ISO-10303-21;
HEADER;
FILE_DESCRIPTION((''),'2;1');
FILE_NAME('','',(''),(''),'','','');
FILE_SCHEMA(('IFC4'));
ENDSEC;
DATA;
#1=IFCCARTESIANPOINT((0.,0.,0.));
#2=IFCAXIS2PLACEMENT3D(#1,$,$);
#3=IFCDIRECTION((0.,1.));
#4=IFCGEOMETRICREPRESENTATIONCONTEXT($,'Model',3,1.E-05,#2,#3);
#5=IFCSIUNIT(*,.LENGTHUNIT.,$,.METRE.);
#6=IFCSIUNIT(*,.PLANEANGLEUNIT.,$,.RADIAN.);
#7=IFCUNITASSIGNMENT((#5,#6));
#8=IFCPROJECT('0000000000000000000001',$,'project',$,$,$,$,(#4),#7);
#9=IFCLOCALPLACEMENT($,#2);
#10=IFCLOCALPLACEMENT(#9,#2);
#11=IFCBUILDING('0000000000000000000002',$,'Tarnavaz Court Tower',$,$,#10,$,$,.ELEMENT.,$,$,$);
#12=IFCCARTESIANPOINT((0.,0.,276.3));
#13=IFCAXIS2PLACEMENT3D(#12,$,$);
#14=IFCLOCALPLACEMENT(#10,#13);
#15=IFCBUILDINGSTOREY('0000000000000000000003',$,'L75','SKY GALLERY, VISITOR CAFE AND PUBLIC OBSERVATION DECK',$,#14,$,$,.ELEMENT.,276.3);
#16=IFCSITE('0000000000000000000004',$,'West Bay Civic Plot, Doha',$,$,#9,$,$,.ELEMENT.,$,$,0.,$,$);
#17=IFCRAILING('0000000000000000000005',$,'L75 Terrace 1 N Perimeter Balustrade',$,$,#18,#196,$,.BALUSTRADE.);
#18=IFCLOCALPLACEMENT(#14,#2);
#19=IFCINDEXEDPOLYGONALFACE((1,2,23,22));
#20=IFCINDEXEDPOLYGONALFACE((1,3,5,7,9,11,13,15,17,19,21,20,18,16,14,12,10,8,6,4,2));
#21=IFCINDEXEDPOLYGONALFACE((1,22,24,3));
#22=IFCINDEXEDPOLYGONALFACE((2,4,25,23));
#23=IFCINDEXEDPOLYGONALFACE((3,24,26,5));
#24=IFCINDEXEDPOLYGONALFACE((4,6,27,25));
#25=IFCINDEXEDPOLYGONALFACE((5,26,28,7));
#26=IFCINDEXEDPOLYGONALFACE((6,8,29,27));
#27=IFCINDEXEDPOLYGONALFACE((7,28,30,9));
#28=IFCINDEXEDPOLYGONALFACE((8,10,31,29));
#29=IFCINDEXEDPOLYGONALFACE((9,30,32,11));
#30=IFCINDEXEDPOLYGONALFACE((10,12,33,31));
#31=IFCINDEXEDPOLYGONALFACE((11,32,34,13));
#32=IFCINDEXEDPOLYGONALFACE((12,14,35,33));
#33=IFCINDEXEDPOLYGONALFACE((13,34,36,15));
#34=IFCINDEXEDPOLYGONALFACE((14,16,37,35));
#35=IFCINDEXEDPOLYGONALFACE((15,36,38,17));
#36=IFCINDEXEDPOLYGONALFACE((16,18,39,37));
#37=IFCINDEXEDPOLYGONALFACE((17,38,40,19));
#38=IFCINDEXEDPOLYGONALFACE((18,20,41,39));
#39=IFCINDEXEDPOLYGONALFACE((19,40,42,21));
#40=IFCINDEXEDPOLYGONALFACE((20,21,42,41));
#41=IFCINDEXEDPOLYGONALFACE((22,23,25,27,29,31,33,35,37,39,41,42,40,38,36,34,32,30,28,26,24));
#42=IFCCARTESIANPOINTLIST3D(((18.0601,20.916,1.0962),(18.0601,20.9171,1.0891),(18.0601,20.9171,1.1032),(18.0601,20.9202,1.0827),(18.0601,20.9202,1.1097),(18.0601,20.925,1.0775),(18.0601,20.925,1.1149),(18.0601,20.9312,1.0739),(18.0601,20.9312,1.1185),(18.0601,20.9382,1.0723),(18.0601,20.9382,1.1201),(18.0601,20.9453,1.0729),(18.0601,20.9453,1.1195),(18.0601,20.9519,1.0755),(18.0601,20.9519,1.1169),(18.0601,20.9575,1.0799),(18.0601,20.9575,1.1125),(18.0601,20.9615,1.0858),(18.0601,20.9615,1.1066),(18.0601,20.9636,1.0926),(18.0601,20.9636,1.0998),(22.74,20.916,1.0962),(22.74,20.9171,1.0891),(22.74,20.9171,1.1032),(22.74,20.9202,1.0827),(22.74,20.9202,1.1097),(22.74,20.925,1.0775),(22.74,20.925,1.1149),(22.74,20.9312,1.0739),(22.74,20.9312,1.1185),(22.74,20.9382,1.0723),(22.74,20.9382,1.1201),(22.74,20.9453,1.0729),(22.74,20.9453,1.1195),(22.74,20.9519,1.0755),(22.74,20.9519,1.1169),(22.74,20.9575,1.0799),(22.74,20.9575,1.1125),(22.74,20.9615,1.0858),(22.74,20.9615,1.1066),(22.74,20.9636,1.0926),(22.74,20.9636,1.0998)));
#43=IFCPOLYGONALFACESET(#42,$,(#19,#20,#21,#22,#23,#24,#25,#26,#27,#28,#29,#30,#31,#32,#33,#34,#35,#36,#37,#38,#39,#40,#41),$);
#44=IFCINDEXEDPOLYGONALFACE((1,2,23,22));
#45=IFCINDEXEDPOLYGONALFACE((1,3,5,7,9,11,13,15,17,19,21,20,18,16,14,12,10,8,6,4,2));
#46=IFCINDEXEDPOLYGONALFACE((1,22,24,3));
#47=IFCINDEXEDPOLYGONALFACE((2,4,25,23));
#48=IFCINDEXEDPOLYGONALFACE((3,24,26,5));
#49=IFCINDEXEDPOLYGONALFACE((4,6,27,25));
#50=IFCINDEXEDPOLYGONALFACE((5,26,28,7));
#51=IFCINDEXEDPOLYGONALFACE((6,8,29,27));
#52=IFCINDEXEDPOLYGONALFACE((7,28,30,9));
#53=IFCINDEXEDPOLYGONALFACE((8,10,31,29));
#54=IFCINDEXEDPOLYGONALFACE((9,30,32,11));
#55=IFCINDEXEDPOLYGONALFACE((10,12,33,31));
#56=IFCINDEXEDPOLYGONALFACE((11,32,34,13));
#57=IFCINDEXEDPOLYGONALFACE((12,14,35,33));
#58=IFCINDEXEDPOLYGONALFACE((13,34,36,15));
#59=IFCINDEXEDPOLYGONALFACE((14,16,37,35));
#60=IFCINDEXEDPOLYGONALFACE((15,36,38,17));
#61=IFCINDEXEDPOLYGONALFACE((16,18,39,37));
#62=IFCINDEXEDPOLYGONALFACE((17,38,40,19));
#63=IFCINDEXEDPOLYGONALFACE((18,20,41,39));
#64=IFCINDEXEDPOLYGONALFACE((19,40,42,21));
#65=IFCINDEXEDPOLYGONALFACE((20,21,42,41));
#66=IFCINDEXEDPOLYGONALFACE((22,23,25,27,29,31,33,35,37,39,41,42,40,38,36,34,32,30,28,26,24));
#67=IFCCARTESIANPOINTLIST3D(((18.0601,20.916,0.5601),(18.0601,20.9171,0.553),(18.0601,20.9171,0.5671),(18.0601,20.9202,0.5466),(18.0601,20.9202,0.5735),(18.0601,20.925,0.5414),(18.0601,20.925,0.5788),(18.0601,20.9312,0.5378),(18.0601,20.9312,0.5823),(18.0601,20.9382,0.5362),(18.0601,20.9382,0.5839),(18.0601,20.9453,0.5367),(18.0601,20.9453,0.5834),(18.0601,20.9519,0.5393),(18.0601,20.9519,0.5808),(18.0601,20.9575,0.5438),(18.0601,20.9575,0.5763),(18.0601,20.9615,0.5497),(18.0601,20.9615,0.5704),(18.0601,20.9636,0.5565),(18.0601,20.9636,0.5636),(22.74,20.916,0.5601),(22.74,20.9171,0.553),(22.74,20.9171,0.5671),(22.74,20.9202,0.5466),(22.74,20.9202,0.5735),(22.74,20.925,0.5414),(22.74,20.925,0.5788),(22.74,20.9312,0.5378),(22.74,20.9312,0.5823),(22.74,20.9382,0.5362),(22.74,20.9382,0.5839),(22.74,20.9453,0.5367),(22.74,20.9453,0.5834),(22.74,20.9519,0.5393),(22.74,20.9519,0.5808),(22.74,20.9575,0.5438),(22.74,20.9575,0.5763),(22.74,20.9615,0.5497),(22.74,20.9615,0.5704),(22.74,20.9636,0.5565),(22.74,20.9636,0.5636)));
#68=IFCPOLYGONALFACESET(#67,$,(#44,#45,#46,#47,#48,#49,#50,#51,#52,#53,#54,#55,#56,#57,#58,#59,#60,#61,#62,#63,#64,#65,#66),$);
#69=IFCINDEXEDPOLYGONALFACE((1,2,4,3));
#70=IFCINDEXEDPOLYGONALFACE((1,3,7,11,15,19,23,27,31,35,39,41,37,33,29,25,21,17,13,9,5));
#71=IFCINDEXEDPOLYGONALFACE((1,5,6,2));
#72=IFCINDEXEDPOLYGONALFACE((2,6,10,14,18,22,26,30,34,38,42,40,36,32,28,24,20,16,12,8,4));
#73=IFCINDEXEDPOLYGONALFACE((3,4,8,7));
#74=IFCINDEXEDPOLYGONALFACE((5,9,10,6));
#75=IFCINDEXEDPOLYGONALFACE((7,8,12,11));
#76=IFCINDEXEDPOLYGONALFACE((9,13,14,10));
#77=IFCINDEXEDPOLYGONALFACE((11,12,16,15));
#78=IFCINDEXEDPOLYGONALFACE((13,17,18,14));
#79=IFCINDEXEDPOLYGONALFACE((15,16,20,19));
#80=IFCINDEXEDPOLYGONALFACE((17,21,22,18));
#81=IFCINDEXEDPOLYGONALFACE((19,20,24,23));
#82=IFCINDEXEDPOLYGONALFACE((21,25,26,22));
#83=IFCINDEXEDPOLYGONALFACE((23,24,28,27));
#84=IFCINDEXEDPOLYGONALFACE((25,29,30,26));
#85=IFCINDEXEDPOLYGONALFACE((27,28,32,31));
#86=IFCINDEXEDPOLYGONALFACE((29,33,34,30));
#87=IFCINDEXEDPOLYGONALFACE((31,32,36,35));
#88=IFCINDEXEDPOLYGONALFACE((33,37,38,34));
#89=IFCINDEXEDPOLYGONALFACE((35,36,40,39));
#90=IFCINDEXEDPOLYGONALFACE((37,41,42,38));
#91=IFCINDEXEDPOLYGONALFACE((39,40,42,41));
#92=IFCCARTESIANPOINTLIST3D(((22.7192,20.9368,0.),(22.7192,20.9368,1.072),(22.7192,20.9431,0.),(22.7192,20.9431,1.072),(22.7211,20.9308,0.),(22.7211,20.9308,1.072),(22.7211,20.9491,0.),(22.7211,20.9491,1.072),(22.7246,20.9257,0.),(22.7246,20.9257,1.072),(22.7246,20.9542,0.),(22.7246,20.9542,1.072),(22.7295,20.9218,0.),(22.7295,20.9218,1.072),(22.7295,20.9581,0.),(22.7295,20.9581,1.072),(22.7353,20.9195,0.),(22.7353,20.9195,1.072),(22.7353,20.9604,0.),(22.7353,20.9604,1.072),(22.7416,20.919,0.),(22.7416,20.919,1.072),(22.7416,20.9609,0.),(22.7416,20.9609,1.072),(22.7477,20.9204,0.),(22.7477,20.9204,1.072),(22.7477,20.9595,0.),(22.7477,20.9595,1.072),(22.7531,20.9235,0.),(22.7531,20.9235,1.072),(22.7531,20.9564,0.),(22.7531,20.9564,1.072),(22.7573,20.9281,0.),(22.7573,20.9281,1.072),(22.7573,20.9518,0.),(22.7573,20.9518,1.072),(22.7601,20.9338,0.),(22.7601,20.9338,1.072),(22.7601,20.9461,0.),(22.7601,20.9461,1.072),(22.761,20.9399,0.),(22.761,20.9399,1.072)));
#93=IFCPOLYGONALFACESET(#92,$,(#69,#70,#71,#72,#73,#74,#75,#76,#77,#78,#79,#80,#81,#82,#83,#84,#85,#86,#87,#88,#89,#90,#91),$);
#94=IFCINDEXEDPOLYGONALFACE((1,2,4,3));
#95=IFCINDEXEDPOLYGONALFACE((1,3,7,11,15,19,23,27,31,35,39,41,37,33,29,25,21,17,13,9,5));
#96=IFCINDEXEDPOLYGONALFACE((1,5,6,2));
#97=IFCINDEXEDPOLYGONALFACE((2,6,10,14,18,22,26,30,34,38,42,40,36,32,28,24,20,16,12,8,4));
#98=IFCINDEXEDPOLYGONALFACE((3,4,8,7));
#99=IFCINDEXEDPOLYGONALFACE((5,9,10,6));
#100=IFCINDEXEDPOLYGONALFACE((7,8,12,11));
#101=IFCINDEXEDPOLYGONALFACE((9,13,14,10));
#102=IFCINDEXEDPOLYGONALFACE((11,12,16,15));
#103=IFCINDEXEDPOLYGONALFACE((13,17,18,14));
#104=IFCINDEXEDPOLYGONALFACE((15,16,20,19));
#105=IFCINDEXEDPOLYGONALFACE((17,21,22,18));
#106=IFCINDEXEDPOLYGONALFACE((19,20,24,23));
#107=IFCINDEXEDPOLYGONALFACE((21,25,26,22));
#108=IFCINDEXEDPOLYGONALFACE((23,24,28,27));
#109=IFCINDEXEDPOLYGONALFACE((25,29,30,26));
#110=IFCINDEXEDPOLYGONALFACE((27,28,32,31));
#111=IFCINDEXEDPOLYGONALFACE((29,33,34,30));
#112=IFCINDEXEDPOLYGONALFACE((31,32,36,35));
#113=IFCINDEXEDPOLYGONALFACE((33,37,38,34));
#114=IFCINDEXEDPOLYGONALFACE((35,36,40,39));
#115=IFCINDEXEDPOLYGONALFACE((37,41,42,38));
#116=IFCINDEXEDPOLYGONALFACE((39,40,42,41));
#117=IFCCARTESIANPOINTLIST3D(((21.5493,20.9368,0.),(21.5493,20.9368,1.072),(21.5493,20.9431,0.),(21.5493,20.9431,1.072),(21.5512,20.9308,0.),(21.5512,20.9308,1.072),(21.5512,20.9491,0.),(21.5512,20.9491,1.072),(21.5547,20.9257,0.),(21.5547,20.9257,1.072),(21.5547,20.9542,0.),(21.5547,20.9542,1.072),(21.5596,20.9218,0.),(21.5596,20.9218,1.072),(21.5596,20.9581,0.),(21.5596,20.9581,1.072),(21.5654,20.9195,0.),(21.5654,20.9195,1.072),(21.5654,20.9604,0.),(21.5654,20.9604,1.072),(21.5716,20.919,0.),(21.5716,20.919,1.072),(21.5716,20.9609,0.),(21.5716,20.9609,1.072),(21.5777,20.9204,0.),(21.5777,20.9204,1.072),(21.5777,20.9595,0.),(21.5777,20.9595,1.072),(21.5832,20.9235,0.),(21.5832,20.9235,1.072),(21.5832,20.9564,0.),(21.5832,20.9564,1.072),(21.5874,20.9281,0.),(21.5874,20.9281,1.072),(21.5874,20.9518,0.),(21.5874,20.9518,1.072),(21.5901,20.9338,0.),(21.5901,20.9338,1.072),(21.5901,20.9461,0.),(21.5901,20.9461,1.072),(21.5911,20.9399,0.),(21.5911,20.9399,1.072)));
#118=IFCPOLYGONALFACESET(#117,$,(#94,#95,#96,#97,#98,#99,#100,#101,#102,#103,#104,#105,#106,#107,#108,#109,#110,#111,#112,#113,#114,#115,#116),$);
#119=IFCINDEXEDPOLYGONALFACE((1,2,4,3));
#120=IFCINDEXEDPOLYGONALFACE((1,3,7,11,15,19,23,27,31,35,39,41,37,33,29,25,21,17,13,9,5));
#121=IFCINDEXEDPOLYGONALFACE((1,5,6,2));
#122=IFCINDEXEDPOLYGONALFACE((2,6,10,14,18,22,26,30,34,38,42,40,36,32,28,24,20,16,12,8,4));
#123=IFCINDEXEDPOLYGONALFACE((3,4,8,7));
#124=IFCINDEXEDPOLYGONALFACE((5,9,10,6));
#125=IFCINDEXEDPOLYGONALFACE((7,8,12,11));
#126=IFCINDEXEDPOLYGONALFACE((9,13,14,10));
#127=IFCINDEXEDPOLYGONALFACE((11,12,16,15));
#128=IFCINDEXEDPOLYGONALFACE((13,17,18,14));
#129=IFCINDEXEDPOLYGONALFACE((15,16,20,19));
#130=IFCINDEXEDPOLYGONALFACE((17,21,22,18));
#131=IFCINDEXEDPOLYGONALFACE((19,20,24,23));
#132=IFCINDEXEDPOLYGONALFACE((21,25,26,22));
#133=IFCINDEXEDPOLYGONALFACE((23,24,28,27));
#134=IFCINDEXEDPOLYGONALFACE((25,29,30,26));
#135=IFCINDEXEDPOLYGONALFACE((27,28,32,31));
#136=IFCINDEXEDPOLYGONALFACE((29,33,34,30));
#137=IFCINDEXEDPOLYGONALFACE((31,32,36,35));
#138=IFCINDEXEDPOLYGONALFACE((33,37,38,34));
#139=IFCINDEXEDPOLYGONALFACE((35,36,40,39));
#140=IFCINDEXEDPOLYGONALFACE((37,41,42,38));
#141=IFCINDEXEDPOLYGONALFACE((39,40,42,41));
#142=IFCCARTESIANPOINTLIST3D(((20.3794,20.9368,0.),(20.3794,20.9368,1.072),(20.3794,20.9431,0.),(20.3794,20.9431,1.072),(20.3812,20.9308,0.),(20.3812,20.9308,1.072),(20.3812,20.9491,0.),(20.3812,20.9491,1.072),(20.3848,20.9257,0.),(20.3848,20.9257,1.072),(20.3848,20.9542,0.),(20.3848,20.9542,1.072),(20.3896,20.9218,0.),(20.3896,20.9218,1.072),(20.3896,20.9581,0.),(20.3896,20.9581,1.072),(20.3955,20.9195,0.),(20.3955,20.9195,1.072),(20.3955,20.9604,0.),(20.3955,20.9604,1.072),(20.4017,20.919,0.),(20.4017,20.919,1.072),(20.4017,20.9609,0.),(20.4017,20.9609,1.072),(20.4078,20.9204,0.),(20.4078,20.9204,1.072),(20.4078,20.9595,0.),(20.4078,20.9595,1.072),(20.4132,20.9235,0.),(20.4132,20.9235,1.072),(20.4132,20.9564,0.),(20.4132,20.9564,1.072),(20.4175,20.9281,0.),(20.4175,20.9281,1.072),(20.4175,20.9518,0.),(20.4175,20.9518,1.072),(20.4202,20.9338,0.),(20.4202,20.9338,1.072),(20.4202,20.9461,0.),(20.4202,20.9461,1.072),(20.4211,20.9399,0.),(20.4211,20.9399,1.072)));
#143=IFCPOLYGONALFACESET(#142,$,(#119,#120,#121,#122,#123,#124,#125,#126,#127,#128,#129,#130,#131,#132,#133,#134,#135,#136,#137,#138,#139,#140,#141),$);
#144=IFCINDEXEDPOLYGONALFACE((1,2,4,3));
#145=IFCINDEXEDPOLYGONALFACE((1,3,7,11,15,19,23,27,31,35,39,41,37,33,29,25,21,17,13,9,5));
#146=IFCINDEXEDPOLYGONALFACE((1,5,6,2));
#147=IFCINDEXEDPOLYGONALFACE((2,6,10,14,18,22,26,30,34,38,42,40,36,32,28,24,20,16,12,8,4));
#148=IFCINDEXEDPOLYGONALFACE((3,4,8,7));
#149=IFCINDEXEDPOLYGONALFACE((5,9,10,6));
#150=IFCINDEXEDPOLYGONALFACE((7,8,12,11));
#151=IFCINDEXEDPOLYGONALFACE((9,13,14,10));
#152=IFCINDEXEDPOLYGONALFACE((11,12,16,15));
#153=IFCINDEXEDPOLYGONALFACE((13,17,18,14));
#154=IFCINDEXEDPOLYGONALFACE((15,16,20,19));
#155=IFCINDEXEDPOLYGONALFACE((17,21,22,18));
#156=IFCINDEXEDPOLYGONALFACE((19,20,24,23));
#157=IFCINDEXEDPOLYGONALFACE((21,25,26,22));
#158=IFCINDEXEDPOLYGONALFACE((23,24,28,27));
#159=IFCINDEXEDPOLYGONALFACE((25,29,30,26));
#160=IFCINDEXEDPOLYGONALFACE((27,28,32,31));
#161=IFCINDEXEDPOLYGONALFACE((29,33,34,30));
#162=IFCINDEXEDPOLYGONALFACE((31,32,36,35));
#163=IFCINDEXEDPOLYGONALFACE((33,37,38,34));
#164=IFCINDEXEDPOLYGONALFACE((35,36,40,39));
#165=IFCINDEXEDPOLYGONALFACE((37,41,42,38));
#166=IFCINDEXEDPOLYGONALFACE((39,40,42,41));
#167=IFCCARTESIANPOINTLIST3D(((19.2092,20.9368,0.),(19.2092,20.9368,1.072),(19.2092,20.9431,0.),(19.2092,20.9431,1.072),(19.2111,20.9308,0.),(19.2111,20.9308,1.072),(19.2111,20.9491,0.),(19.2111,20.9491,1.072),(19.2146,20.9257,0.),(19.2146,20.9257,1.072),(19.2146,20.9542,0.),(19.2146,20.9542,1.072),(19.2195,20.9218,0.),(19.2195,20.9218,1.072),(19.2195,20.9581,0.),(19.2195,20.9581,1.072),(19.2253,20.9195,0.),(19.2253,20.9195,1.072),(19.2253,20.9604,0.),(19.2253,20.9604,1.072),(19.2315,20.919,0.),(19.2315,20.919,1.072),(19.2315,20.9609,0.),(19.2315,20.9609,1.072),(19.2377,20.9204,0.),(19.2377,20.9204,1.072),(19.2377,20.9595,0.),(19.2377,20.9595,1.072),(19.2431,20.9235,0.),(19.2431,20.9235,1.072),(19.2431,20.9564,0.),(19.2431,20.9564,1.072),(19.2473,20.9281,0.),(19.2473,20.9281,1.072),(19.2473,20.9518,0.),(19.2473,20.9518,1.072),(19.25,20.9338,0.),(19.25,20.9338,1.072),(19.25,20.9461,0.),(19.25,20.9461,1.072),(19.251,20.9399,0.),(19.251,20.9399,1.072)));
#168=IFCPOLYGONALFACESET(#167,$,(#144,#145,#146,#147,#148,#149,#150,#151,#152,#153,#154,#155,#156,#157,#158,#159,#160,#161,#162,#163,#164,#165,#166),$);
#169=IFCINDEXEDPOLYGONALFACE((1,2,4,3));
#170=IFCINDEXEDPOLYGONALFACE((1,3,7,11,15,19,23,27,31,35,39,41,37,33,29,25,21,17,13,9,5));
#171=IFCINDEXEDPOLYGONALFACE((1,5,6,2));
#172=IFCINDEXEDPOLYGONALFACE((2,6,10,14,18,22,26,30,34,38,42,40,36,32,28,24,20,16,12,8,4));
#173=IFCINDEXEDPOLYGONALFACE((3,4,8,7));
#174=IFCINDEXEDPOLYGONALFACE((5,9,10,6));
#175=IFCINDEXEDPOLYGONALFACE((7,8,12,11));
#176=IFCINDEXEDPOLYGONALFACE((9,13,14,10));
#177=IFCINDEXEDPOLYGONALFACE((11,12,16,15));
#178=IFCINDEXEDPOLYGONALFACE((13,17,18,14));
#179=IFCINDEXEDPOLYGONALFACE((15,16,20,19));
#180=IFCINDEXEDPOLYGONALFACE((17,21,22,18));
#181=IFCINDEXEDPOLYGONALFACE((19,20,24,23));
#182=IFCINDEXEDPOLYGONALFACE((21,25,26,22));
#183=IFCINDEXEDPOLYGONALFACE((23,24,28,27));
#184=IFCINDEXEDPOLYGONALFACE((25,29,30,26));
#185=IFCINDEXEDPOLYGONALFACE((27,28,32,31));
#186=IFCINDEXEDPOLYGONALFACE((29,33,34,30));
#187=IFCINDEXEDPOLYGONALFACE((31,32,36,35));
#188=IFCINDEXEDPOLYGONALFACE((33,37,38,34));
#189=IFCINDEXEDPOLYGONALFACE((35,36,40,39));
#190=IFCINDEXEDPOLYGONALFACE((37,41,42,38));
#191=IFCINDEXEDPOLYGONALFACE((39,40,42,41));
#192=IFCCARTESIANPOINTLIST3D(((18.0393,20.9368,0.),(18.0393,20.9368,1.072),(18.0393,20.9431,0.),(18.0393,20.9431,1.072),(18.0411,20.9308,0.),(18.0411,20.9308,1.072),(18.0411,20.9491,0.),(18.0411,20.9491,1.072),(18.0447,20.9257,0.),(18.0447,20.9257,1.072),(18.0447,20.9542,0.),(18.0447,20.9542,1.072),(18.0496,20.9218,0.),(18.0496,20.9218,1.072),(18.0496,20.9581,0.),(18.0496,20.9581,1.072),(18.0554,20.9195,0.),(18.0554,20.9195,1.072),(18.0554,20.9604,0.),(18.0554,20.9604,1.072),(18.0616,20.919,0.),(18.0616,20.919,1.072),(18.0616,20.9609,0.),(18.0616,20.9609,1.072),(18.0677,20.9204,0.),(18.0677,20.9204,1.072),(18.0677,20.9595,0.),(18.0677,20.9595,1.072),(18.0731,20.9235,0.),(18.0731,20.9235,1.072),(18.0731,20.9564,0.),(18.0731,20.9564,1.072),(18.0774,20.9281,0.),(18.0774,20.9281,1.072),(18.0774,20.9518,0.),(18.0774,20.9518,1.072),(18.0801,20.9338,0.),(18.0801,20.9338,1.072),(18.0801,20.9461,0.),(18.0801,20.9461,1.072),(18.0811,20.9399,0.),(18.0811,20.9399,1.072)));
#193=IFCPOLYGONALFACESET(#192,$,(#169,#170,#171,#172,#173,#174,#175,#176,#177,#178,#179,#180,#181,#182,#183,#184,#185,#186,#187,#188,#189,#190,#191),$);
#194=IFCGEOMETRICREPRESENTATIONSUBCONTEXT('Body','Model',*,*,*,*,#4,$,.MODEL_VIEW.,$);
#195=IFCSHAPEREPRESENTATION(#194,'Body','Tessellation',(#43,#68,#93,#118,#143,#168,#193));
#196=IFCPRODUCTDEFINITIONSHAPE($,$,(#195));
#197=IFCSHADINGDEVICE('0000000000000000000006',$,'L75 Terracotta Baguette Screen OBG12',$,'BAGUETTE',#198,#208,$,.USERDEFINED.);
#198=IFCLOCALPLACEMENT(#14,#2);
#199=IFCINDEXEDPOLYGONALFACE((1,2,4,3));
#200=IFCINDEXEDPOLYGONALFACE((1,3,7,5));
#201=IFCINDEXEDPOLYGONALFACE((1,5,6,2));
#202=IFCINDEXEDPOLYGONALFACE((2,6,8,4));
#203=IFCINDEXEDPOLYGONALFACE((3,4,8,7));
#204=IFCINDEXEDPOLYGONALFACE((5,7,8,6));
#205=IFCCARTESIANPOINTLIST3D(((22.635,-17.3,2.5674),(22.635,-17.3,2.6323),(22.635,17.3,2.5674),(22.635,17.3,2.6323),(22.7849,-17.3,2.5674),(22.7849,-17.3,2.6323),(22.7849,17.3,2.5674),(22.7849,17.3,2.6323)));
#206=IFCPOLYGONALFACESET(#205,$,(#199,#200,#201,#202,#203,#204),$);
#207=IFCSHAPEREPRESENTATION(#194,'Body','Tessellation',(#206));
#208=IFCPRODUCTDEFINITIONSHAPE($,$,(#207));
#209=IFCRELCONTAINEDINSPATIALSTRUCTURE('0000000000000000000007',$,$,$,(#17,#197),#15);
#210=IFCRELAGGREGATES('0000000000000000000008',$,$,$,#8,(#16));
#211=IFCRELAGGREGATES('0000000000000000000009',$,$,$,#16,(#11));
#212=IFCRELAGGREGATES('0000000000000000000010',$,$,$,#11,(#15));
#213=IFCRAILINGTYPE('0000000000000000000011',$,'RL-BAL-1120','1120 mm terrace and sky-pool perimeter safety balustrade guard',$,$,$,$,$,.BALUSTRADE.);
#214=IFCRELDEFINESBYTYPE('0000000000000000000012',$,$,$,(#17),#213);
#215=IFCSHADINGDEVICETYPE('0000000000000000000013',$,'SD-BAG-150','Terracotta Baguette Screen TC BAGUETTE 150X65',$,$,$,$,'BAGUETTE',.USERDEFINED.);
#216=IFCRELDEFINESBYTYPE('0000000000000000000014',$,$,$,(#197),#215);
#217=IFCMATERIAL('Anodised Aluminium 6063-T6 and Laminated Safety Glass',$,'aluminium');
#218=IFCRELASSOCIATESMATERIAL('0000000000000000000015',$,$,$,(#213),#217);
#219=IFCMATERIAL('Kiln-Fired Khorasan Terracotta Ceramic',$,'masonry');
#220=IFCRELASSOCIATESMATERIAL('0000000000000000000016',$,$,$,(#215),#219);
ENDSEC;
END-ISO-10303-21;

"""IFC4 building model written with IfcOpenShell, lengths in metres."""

from ifc_helpers import new_model, si_unit, direction, frame, origin, origin_2d, place, context, subcontext, project, spatial, rectangle, circle, extrude, material, material_profile, profile_set, type_object, element, save


model = new_model("IFC4")

# Units and contexts
model_context = context("Model", 3, precision=1e-05, world=origin(), true_north=direction((0.0, 1.0)))
body_context = subcontext(model_context, "Body", "Model", "MODEL_VIEW")
ifc_project = project(units=[si_unit("LENGTHUNIT", "METRE"), si_unit("PLANEANGLEUNIT", "RADIAN")], contexts=[model_context])

# Site, building, storey
site_placement = place(None, origin())
site = spatial("IfcSite", under=ifc_project, at=site_placement, Name="West Bay Civic Plot, Doha", CompositionType="ELEMENT", RefElevation=0.0)
building_placement = place(site_placement, origin())
building = spatial("IfcBuilding", under=site, at=building_placement, Name="Tarnavaz Court Tower", CompositionType="ELEMENT")
storey_placement = place(building_placement, frame((0.0, 0.0, 276.3)))
storey = spatial("IfcBuildingStorey", under=building, at=storey_placement, Name="L75", Description="SKY GALLERY, VISITOR CAFE AND PUBLIC OBSERVATION DECK", CompositionType="ELEMENT", Elevation=276.3)

# Railing
ifc_material_1 = material(Name="Anodised Aluminium 6063-T6 and Laminated Safety Glass", Category="aluminium")
railing_type = type_object("IfcRailingType", Name="RL-BAL-1120", Description="1120 mm terrace and sky-pool perimeter safety balustrade guard", PredefinedType="BALUSTRADE", material=ifc_material_1)
railing_1_placement = place(storey_placement, frame((22.74, 20.9399, 0.0)))
element("IfcRailing", 1, at=railing_1_placement, inside=storey, type_object=railing_type, Name="L75 Terrace 1 N Perimeter Balustrade", PredefinedType="BALUSTRADE", context=body_context, shape_type="SweptSolid", body=[
    extrude(circle(Radius=0.0239, at=origin_2d()), frame((0.0, 0.0, 1.0962), z_axis=(-1.0, 0.0, 0.0), x_axis=(0.0, -1.0, 0.0)), (0.0, 0.0, 1.0), 4.6799),
    extrude(circle(Radius=0.0239, at=origin_2d()), frame((0.0, 0.0, 0.5601), z_axis=(-1.0, 0.0, 0.0), x_axis=(0.0, -1.0, 0.0)), (0.0, 0.0, 1.0), 4.6799),
    extrude(circle(Radius=0.021, at=origin_2d()), origin(), (0.0, 0.0, 1.0), 1.072),
    extrude(circle(Radius=0.021, at=origin_2d()), frame((-1.1699, 0.0, 0.0)), (0.0, 0.0, 1.0), 1.072),
    extrude(circle(Radius=0.021, at=origin_2d()), frame((-2.3398, 0.0, 0.0)), (0.0, 0.0, 1.0), 1.072),
    extrude(circle(Radius=0.021, at=origin_2d()), frame((-3.51, 0.0, 0.0)), (0.0, 0.0, 1.0), 1.072),
    extrude(circle(Radius=0.021, at=origin_2d()), frame((-4.6799, 0.0, 0.0)), (0.0, 0.0, 1.0), 1.072),
])

# Shading device
ifc_material_2 = material(Name="Kiln-Fired Khorasan Terracotta Ceramic", Category="masonry")
ifc_material_profile_1 = material_profile(ifc_material_2, rectangle(XDim=0.1499, YDim=0.0649, at=origin_2d()), Name="TC BAGUETTE 150X65")
ifc_profile_set_1 = profile_set([ifc_material_profile_1], Name="Kiln-Fired Khorasan Terracotta Ceramic")
shading_device_type = type_object("IfcShadingDeviceType", Name="SD-BAG-150", Description="Terracotta Baguette Screen TC BAGUETTE 150X65", ElementType="BAGUETTE", PredefinedType="USERDEFINED", material=ifc_profile_set_1)
shading_device_placement = place(storey_placement, frame((22.71, 17.3, 2.5999), z_axis=(0.0, -1.0, 0.0), x_axis=(1.0, 0.0, 0.0)))
element("IfcShadingDevice", 2, at=shading_device_placement, inside=storey, type_object=shading_device_type, Name="L75 Terracotta Baguette Screen OBG12", ObjectType="BAGUETTE", PredefinedType="USERDEFINED", context=body_context, shape_type="SweptSolid", body=[
    extrude(rectangle(XDim=0.1499, YDim=0.0649, at=origin_2d()), origin(), (0.0, 0.0, 1.0), 34.6001),
])

save(model, "model.ifc")
